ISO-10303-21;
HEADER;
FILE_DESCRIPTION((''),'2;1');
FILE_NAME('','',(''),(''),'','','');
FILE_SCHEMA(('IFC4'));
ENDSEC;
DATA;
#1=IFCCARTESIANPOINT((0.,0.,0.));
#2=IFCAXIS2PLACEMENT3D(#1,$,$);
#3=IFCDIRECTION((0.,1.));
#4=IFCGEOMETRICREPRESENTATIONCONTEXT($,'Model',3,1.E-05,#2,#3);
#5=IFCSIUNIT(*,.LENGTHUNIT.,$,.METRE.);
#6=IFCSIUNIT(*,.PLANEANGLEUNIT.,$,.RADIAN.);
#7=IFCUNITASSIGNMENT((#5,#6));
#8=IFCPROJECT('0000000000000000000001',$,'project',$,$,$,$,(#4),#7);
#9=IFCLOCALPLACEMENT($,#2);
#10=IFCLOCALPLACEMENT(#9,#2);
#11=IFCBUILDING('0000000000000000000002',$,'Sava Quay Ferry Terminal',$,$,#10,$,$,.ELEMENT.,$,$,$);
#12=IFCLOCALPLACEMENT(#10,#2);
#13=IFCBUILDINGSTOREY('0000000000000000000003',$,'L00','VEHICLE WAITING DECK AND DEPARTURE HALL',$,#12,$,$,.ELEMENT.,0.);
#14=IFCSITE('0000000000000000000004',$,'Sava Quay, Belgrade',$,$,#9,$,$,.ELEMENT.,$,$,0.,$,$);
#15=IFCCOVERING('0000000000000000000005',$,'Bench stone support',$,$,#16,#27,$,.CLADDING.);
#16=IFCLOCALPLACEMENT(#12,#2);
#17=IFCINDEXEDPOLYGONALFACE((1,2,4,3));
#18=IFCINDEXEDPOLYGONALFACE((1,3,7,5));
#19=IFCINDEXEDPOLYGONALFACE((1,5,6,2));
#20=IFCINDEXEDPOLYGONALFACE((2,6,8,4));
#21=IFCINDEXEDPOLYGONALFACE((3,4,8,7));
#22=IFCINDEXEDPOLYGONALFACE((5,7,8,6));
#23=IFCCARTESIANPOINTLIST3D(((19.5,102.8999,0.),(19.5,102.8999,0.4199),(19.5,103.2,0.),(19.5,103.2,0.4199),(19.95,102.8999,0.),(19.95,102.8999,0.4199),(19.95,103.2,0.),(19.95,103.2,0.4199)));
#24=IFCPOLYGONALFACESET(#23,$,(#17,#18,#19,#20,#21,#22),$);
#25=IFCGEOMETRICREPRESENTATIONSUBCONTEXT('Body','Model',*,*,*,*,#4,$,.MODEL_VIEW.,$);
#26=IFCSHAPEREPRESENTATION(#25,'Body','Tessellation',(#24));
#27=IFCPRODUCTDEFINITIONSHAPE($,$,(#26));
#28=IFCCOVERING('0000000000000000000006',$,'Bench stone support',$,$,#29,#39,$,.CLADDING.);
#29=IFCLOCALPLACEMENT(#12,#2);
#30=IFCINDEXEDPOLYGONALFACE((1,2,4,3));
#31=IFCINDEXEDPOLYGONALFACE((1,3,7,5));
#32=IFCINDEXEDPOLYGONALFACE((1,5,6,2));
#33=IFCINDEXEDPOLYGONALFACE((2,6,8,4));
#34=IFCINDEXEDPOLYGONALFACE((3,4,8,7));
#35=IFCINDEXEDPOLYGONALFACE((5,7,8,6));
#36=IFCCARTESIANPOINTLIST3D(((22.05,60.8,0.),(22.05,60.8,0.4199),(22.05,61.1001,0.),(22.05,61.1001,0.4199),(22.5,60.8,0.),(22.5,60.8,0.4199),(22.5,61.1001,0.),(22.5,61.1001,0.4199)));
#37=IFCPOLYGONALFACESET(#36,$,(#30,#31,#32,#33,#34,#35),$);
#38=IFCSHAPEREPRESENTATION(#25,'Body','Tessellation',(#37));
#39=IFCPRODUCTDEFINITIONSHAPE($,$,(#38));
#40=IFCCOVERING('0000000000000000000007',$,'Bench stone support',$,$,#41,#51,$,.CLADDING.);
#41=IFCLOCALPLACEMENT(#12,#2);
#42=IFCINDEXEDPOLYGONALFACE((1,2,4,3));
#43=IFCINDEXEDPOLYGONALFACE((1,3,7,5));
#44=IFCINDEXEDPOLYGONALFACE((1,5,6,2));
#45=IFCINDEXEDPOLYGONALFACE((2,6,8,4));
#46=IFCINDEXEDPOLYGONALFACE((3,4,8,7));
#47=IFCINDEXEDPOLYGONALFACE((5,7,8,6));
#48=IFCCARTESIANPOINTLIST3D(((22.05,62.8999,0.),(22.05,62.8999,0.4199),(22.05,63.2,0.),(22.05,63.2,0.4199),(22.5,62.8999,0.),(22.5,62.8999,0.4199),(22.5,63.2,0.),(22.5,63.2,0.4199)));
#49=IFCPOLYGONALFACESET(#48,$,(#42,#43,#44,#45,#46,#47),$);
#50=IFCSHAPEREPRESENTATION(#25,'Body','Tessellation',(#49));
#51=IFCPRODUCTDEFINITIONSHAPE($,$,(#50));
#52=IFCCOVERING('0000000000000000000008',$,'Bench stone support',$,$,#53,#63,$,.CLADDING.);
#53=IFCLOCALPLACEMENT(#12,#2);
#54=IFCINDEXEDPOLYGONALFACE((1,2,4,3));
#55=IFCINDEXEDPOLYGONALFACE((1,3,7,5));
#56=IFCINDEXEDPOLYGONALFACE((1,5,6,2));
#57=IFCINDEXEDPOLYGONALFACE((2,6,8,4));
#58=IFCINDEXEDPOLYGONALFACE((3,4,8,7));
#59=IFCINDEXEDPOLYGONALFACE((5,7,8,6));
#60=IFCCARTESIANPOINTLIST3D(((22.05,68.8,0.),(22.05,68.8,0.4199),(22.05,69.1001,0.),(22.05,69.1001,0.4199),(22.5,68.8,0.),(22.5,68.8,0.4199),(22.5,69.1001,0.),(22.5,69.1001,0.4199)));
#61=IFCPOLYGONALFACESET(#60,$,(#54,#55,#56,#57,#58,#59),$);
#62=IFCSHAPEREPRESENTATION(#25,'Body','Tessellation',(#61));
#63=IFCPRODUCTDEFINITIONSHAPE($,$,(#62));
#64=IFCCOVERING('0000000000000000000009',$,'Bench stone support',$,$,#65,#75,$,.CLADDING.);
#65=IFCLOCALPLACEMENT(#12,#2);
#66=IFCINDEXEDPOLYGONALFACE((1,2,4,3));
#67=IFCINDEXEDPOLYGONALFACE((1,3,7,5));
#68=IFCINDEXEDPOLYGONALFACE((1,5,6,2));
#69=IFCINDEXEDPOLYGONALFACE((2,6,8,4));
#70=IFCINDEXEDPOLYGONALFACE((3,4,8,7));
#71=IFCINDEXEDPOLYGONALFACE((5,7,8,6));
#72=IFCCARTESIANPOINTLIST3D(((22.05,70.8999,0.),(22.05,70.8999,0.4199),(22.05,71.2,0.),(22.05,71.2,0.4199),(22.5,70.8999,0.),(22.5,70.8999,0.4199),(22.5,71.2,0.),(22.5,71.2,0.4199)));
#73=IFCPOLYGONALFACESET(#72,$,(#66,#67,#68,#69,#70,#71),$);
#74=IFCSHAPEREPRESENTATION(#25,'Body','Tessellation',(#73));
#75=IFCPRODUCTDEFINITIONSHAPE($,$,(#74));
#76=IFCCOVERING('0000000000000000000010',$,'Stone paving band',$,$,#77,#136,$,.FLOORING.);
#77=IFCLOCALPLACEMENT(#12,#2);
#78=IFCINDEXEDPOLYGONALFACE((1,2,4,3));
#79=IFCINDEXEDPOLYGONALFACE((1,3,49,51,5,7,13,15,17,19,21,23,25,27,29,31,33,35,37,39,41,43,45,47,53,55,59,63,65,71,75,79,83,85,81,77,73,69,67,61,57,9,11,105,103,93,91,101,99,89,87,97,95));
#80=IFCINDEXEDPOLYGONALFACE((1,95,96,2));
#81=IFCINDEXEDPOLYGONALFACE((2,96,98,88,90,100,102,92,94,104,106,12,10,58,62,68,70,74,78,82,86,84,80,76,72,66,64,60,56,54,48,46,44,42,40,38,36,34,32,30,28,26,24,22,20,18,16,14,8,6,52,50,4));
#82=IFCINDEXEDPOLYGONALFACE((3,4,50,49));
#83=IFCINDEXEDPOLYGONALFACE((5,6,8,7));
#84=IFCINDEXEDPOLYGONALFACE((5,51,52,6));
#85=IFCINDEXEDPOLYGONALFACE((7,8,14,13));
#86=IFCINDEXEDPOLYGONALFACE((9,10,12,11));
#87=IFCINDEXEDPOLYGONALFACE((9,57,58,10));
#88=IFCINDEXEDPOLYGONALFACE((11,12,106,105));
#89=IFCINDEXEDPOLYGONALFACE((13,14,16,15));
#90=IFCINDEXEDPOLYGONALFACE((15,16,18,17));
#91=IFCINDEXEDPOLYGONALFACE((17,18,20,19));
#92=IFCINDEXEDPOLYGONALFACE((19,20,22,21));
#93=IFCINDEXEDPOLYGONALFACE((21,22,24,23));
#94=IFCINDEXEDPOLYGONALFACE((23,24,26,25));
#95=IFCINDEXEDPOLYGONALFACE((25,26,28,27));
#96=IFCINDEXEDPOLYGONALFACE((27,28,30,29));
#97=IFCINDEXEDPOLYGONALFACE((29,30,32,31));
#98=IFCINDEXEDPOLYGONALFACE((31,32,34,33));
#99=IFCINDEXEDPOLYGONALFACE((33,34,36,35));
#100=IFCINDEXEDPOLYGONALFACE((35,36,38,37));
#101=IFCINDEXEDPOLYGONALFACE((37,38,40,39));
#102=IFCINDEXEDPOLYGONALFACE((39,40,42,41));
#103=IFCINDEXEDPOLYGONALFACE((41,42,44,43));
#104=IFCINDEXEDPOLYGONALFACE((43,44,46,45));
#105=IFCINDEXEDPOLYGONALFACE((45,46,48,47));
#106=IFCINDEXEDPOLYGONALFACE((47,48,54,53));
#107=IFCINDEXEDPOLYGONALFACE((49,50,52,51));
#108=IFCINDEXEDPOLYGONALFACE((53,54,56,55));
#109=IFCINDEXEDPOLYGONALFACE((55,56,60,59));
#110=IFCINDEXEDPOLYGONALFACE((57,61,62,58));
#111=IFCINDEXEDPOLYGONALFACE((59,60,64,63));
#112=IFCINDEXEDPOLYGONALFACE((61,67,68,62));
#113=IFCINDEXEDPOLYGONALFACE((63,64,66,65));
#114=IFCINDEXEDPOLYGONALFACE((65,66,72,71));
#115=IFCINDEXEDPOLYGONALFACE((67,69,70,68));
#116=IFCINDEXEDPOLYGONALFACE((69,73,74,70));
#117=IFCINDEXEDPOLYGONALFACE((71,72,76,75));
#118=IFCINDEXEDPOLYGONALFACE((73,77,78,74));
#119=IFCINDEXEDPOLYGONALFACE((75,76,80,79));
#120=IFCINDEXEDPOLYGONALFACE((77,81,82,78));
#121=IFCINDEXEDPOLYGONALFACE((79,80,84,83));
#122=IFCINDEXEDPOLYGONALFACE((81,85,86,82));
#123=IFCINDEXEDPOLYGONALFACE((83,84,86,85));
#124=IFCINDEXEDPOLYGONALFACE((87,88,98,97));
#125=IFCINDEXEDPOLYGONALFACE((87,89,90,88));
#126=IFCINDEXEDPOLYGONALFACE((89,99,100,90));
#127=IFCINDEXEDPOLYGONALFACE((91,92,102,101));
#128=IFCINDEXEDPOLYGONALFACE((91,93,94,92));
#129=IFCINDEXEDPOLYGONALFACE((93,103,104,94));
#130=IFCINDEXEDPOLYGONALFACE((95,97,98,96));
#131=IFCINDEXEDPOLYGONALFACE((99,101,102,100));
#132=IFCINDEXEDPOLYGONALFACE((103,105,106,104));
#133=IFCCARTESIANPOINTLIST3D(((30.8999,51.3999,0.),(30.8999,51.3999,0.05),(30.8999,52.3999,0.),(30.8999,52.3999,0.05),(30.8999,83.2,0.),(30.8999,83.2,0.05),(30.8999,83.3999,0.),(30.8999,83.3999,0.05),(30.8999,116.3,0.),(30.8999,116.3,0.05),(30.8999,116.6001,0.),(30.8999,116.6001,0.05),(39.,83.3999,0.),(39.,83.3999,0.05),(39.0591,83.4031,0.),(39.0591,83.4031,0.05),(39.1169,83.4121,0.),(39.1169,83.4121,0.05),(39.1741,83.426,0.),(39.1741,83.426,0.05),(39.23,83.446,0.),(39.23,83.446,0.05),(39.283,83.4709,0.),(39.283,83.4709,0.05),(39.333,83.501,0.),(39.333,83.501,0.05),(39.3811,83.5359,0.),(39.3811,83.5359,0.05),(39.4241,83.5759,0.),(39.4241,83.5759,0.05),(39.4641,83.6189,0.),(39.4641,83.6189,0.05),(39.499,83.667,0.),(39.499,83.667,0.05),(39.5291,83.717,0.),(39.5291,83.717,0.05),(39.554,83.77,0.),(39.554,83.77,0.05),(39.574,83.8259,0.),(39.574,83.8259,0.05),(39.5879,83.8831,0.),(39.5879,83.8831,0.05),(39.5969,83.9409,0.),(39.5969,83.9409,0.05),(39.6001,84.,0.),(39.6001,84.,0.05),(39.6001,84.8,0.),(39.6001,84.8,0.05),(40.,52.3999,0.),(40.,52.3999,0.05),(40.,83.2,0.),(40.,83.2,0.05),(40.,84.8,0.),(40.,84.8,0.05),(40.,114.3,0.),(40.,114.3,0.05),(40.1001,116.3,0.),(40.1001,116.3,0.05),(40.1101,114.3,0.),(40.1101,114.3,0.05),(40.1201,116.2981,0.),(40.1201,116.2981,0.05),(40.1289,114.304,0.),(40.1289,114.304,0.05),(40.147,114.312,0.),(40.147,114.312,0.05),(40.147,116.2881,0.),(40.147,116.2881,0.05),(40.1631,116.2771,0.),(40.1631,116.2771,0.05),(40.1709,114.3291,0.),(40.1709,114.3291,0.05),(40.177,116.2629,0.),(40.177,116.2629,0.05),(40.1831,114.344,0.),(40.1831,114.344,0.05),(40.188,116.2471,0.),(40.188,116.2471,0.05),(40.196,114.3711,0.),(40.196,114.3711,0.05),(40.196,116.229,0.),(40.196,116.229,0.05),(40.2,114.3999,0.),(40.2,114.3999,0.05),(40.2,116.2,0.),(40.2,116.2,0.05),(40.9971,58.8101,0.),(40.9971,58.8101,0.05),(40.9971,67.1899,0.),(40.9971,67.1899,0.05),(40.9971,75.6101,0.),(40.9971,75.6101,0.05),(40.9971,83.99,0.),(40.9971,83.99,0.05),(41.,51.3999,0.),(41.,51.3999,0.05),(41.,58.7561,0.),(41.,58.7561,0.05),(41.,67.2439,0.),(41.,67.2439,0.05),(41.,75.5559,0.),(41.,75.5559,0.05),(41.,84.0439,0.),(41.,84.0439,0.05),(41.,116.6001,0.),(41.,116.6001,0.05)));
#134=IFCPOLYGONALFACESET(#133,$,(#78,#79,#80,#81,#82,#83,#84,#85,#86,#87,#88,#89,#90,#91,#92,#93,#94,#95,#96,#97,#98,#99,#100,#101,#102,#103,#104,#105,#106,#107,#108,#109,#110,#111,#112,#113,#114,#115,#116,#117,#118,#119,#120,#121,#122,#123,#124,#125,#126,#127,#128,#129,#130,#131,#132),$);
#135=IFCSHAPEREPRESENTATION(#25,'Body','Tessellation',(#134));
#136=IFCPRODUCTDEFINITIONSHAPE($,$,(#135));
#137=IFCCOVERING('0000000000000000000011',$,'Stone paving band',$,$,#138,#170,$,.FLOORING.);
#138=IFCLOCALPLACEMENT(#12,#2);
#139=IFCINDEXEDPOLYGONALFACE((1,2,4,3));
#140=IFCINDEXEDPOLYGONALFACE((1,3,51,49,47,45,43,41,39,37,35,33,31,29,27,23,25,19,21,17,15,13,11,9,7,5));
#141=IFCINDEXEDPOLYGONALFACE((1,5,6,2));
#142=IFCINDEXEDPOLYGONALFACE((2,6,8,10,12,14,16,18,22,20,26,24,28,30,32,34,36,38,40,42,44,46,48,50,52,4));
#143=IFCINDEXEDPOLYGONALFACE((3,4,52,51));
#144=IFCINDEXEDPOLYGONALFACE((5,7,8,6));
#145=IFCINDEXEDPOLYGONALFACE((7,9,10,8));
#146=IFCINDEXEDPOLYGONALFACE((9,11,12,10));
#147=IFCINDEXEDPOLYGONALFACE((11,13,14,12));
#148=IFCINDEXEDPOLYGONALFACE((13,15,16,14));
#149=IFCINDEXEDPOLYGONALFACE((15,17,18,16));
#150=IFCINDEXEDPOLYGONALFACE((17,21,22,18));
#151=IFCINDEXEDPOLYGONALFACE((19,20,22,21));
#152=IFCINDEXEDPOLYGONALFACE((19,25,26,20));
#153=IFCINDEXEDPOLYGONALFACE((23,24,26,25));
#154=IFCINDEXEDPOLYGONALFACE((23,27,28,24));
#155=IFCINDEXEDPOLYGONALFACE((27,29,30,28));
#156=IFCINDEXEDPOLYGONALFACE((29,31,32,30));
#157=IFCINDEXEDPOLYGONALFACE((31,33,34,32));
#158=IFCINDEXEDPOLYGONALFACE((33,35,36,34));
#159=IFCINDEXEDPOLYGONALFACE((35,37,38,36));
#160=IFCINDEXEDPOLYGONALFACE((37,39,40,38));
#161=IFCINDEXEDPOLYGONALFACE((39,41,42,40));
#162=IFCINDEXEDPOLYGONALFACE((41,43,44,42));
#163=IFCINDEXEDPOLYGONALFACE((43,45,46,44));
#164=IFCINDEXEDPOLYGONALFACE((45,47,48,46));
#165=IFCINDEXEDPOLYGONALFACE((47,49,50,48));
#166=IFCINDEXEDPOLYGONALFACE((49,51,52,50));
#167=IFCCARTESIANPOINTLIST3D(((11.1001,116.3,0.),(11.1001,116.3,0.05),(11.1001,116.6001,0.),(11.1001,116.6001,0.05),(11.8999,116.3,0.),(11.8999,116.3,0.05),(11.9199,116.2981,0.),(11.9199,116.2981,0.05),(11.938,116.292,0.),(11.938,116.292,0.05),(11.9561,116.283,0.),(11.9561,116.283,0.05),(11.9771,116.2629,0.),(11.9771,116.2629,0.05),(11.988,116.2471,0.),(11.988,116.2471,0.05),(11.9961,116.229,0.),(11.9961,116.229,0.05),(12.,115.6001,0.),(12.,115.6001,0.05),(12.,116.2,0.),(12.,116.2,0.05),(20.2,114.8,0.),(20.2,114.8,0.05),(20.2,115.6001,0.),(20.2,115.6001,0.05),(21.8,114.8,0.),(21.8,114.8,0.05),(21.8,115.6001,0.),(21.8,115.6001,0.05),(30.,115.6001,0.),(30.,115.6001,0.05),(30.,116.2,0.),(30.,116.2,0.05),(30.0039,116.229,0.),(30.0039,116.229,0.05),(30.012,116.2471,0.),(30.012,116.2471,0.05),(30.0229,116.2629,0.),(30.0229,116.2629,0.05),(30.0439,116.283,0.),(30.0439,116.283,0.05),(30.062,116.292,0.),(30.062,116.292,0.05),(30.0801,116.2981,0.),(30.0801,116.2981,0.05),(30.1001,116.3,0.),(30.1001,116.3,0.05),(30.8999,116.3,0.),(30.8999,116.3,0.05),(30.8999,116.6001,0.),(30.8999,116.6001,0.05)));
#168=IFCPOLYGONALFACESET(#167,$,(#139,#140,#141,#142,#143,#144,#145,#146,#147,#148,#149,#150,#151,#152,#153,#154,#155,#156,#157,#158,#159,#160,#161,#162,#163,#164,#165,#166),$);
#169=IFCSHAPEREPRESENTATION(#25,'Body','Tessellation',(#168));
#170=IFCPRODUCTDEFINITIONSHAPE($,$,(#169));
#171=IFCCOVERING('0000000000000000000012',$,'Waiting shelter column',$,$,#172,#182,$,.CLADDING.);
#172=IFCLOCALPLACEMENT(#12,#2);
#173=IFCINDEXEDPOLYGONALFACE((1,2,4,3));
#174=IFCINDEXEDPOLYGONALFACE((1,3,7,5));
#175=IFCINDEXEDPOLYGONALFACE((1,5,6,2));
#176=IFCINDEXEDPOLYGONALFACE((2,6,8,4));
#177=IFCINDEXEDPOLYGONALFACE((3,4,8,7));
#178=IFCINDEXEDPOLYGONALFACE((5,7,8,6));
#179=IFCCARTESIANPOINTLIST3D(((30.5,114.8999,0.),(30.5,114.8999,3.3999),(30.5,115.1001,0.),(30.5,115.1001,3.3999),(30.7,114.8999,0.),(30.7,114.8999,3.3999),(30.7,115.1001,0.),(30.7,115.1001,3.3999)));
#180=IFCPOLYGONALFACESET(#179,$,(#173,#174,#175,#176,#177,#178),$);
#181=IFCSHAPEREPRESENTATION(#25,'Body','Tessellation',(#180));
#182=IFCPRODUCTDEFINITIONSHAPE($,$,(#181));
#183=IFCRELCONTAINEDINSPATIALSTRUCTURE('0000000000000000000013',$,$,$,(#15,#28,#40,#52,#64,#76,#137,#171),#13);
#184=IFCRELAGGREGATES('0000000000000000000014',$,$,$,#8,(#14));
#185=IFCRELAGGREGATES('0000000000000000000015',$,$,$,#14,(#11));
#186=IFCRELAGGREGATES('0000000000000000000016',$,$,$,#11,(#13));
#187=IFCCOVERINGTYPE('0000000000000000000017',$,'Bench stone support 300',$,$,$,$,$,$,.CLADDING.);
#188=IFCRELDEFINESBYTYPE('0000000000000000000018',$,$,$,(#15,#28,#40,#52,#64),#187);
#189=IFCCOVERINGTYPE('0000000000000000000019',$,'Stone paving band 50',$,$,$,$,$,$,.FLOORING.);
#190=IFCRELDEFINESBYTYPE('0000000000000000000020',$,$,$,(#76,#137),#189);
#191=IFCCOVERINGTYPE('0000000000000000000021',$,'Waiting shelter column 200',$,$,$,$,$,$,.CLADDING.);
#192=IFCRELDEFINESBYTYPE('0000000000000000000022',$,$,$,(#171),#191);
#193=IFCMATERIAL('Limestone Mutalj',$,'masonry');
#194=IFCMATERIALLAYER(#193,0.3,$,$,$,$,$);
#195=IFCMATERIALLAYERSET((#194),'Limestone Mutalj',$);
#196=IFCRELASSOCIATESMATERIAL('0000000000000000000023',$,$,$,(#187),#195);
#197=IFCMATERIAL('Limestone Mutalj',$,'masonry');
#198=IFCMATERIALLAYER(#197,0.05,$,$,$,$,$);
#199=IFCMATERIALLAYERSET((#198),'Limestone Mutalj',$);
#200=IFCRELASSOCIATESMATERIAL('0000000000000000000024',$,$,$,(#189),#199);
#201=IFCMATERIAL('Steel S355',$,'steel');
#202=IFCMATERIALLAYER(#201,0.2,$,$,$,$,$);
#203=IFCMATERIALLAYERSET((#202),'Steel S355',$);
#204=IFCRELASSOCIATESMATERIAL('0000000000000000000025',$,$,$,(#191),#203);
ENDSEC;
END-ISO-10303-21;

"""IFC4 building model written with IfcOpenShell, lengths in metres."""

from ifc_helpers import new_model, si_unit, direction, origin, place, context, subcontext, project, spatial, polyline, outline, extrude, material, layer, layer_set, type_object, element, save


model = new_model("IFC4")

# Units and contexts
model_context = context("Model", 3, precision=1e-05, world=origin(), true_north=direction((0.0, 1.0)))
body_context = subcontext(model_context, "Body", "Model", "MODEL_VIEW")
ifc_project = project(units=[si_unit("LENGTHUNIT", "METRE"), si_unit("PLANEANGLEUNIT", "RADIAN")], contexts=[model_context])

# Site, building, storey
site_placement = place(None, origin())
site = spatial("IfcSite", under=ifc_project, at=site_placement, Name="Sava Quay, Belgrade", CompositionType="ELEMENT", RefElevation=0.0)
building_placement = place(site_placement, origin())
building = spatial("IfcBuilding", under=site, at=building_placement, Name="Sava Quay Ferry Terminal", CompositionType="ELEMENT")
storey_placement = place(building_placement, origin())
storey = spatial("IfcBuildingStorey", under=building, at=storey_placement, Name="L00", Description="VEHICLE WAITING DECK AND DEPARTURE HALL", CompositionType="ELEMENT", Elevation=0.0)

# Coverings
ifc_material_1 = material(Name="Limestone Mutalj", Category="masonry")
ifc_layer_1 = layer(ifc_material_1, 0.3)
ifc_layer_set_1 = layer_set([ifc_layer_1], Name="Limestone Mutalj")
covering_type_1 = type_object("IfcCoveringType", Name="Bench stone support 300", PredefinedType="CLADDING", material=ifc_layer_set_1)
covering_1_placement = place(storey_placement, origin())
element("IfcCovering", 1, at=covering_1_placement, inside=storey, type_object=covering_type_1, Name="Bench stone support", PredefinedType="CLADDING", context=body_context, shape_type="SweptSolid", body=[
    extrude(outline(polyline([(19.95, 102.8999), (19.95, 103.2), (19.5, 103.2), (19.5, 102.8999), (19.95, 102.8999)])), origin(), (0.0, 0.0, 1.0), 0.4199),
])
covering_2_placement = place(storey_placement, origin())
element("IfcCovering", 2, at=covering_2_placement, inside=storey, type_object=covering_type_1, Name="Bench stone support", PredefinedType="CLADDING", context=body_context, shape_type="SweptSolid", body=[
    extrude(outline(polyline([(22.5, 60.8), (22.5, 61.1001), (22.05, 61.1001), (22.05, 60.8), (22.5, 60.8)])), origin(), (0.0, 0.0, 1.0), 0.4199),
])
covering_3_placement = place(storey_placement, origin())
element("IfcCovering", 3, at=covering_3_placement, inside=storey, type_object=covering_type_1, Name="Bench stone support", PredefinedType="CLADDING", context=body_context, shape_type="SweptSolid", body=[
    extrude(outline(polyline([(22.5, 62.8999), (22.5, 63.2), (22.05, 63.2), (22.05, 62.8999), (22.5, 62.8999)])), origin(), (0.0, 0.0, 1.0), 0.4199),
])
covering_4_placement = place(storey_placement, origin())
element("IfcCovering", 4, at=covering_4_placement, inside=storey, type_object=covering_type_1, Name="Bench stone support", PredefinedType="CLADDING", context=body_context, shape_type="SweptSolid", body=[
    extrude(outline(polyline([(22.5, 68.8), (22.5, 69.1001), (22.05, 69.1001), (22.05, 68.8), (22.5, 68.8)])), origin(), (0.0, 0.0, 1.0), 0.4199),
])
covering_5_placement = place(storey_placement, origin())
element("IfcCovering", 5, at=covering_5_placement, inside=storey, type_object=covering_type_1, Name="Bench stone support", PredefinedType="CLADDING", context=body_context, shape_type="SweptSolid", body=[
    extrude(outline(polyline([(22.5, 70.8999), (22.5, 71.2), (22.05, 71.2), (22.05, 70.8999), (22.5, 70.8999)])), origin(), (0.0, 0.0, 1.0), 0.4199),
])
ifc_material_2 = material(Name="Limestone Mutalj", Category="masonry")
ifc_layer_2 = layer(ifc_material_2, 0.05)
ifc_layer_set_2 = layer_set([ifc_layer_2], Name="Limestone Mutalj")
covering_type_2 = type_object("IfcCoveringType", Name="Stone paving band 50", PredefinedType="FLOORING", material=ifc_layer_set_2)
covering_6_placement = place(storey_placement, origin())
element("IfcCovering", 6, at=covering_6_placement, inside=storey, type_object=covering_type_2, Name="Stone paving band", PredefinedType="FLOORING", context=body_context, shape_type="SweptSolid", body=[
    extrude(outline(polyline([(40.9971, 83.99), (41.0, 84.0439), (41.0, 116.6001), (30.8999, 116.6001), (30.8999, 116.3), (40.1001, 116.3), (40.1201, 116.2981), (40.147, 116.2881), (40.1631, 116.2771), (40.177, 116.2629), (40.188, 116.2471), (40.196, 116.229), (40.2, 116.2), (40.2, 114.3999), (40.196, 114.3711), (40.1831, 114.344), (40.1709, 114.3291), (40.147, 114.312), (40.1289, 114.304), (40.1101, 114.3), (40.0, 114.3), (40.0, 84.8), (39.6001, 84.8), (39.6001, 84.0), (39.5969, 83.9409), (39.5879, 83.8831), (39.574, 83.8259), (39.554, 83.77), (39.5291, 83.717), (39.499, 83.667), (39.4641, 83.6189), (39.4241, 83.5759), (39.3811, 83.5359), (39.333, 83.501), (39.283, 83.4709), (39.23, 83.446), (39.1741, 83.426), (39.1169, 83.4121), (39.0591, 83.4031), (39.0, 83.3999), (30.8999, 83.3999), (30.8999, 83.2), (40.0, 83.2), (40.0, 52.3999), (30.8999, 52.3999), (30.8999, 51.3999), (41.0, 51.3999), (41.0, 58.7561), (40.9971, 58.8101), (40.9971, 67.1899), (41.0, 67.2439), (41.0, 75.5559), (40.9971, 75.6101), (40.9971, 83.99)])), origin(), (0.0, 0.0, 1.0), 0.05),
])
covering_7_placement = place(storey_placement, origin())
element("IfcCovering", 7, at=covering_7_placement, inside=storey, type_object=covering_type_2, Name="Stone paving band", PredefinedType="FLOORING", context=body_context, shape_type="SweptSolid", body=[
    extrude(outline(polyline([(12.0, 116.2), (12.0, 115.6001), (20.2, 115.6001), (20.2, 114.8), (21.8, 114.8), (21.8, 115.6001), (30.0, 115.6001), (30.0, 116.2), (30.0039, 116.229), (30.012, 116.2471), (30.0229, 116.2629), (30.0439, 116.283), (30.062, 116.292), (30.0801, 116.2981), (30.1001, 116.3), (30.8999, 116.3), (30.8999, 116.6001), (11.1001, 116.6001), (11.1001, 116.3), (11.8999, 116.3), (11.9199, 116.2981), (11.938, 116.292), (11.9561, 116.283), (11.9771, 116.2629), (11.988, 116.2471), (11.9961, 116.229), (12.0, 116.2)])), origin(), (0.0, 0.0, 1.0), 0.05),
])
ifc_material_3 = material(Name="Steel S355", Category="steel")
ifc_layer_3 = layer(ifc_material_3, 0.2)
ifc_layer_set_3 = layer_set([ifc_layer_3], Name="Steel S355")
covering_type_3 = type_object("IfcCoveringType", Name="Waiting shelter column 200", PredefinedType="CLADDING", material=ifc_layer_set_3)
covering_8_placement = place(storey_placement, origin())
element("IfcCovering", 8, at=covering_8_placement, inside=storey, type_object=covering_type_3, Name="Waiting shelter column", PredefinedType="CLADDING", context=body_context, shape_type="SweptSolid", body=[
    extrude(outline(polyline([(30.7, 114.8999), (30.7, 115.1001), (30.5, 115.1001), (30.5, 114.8999), (30.7, 114.8999)])), origin(), (0.0, 0.0, 1.0), 3.3999),
])

save(model, "model.ifc")
